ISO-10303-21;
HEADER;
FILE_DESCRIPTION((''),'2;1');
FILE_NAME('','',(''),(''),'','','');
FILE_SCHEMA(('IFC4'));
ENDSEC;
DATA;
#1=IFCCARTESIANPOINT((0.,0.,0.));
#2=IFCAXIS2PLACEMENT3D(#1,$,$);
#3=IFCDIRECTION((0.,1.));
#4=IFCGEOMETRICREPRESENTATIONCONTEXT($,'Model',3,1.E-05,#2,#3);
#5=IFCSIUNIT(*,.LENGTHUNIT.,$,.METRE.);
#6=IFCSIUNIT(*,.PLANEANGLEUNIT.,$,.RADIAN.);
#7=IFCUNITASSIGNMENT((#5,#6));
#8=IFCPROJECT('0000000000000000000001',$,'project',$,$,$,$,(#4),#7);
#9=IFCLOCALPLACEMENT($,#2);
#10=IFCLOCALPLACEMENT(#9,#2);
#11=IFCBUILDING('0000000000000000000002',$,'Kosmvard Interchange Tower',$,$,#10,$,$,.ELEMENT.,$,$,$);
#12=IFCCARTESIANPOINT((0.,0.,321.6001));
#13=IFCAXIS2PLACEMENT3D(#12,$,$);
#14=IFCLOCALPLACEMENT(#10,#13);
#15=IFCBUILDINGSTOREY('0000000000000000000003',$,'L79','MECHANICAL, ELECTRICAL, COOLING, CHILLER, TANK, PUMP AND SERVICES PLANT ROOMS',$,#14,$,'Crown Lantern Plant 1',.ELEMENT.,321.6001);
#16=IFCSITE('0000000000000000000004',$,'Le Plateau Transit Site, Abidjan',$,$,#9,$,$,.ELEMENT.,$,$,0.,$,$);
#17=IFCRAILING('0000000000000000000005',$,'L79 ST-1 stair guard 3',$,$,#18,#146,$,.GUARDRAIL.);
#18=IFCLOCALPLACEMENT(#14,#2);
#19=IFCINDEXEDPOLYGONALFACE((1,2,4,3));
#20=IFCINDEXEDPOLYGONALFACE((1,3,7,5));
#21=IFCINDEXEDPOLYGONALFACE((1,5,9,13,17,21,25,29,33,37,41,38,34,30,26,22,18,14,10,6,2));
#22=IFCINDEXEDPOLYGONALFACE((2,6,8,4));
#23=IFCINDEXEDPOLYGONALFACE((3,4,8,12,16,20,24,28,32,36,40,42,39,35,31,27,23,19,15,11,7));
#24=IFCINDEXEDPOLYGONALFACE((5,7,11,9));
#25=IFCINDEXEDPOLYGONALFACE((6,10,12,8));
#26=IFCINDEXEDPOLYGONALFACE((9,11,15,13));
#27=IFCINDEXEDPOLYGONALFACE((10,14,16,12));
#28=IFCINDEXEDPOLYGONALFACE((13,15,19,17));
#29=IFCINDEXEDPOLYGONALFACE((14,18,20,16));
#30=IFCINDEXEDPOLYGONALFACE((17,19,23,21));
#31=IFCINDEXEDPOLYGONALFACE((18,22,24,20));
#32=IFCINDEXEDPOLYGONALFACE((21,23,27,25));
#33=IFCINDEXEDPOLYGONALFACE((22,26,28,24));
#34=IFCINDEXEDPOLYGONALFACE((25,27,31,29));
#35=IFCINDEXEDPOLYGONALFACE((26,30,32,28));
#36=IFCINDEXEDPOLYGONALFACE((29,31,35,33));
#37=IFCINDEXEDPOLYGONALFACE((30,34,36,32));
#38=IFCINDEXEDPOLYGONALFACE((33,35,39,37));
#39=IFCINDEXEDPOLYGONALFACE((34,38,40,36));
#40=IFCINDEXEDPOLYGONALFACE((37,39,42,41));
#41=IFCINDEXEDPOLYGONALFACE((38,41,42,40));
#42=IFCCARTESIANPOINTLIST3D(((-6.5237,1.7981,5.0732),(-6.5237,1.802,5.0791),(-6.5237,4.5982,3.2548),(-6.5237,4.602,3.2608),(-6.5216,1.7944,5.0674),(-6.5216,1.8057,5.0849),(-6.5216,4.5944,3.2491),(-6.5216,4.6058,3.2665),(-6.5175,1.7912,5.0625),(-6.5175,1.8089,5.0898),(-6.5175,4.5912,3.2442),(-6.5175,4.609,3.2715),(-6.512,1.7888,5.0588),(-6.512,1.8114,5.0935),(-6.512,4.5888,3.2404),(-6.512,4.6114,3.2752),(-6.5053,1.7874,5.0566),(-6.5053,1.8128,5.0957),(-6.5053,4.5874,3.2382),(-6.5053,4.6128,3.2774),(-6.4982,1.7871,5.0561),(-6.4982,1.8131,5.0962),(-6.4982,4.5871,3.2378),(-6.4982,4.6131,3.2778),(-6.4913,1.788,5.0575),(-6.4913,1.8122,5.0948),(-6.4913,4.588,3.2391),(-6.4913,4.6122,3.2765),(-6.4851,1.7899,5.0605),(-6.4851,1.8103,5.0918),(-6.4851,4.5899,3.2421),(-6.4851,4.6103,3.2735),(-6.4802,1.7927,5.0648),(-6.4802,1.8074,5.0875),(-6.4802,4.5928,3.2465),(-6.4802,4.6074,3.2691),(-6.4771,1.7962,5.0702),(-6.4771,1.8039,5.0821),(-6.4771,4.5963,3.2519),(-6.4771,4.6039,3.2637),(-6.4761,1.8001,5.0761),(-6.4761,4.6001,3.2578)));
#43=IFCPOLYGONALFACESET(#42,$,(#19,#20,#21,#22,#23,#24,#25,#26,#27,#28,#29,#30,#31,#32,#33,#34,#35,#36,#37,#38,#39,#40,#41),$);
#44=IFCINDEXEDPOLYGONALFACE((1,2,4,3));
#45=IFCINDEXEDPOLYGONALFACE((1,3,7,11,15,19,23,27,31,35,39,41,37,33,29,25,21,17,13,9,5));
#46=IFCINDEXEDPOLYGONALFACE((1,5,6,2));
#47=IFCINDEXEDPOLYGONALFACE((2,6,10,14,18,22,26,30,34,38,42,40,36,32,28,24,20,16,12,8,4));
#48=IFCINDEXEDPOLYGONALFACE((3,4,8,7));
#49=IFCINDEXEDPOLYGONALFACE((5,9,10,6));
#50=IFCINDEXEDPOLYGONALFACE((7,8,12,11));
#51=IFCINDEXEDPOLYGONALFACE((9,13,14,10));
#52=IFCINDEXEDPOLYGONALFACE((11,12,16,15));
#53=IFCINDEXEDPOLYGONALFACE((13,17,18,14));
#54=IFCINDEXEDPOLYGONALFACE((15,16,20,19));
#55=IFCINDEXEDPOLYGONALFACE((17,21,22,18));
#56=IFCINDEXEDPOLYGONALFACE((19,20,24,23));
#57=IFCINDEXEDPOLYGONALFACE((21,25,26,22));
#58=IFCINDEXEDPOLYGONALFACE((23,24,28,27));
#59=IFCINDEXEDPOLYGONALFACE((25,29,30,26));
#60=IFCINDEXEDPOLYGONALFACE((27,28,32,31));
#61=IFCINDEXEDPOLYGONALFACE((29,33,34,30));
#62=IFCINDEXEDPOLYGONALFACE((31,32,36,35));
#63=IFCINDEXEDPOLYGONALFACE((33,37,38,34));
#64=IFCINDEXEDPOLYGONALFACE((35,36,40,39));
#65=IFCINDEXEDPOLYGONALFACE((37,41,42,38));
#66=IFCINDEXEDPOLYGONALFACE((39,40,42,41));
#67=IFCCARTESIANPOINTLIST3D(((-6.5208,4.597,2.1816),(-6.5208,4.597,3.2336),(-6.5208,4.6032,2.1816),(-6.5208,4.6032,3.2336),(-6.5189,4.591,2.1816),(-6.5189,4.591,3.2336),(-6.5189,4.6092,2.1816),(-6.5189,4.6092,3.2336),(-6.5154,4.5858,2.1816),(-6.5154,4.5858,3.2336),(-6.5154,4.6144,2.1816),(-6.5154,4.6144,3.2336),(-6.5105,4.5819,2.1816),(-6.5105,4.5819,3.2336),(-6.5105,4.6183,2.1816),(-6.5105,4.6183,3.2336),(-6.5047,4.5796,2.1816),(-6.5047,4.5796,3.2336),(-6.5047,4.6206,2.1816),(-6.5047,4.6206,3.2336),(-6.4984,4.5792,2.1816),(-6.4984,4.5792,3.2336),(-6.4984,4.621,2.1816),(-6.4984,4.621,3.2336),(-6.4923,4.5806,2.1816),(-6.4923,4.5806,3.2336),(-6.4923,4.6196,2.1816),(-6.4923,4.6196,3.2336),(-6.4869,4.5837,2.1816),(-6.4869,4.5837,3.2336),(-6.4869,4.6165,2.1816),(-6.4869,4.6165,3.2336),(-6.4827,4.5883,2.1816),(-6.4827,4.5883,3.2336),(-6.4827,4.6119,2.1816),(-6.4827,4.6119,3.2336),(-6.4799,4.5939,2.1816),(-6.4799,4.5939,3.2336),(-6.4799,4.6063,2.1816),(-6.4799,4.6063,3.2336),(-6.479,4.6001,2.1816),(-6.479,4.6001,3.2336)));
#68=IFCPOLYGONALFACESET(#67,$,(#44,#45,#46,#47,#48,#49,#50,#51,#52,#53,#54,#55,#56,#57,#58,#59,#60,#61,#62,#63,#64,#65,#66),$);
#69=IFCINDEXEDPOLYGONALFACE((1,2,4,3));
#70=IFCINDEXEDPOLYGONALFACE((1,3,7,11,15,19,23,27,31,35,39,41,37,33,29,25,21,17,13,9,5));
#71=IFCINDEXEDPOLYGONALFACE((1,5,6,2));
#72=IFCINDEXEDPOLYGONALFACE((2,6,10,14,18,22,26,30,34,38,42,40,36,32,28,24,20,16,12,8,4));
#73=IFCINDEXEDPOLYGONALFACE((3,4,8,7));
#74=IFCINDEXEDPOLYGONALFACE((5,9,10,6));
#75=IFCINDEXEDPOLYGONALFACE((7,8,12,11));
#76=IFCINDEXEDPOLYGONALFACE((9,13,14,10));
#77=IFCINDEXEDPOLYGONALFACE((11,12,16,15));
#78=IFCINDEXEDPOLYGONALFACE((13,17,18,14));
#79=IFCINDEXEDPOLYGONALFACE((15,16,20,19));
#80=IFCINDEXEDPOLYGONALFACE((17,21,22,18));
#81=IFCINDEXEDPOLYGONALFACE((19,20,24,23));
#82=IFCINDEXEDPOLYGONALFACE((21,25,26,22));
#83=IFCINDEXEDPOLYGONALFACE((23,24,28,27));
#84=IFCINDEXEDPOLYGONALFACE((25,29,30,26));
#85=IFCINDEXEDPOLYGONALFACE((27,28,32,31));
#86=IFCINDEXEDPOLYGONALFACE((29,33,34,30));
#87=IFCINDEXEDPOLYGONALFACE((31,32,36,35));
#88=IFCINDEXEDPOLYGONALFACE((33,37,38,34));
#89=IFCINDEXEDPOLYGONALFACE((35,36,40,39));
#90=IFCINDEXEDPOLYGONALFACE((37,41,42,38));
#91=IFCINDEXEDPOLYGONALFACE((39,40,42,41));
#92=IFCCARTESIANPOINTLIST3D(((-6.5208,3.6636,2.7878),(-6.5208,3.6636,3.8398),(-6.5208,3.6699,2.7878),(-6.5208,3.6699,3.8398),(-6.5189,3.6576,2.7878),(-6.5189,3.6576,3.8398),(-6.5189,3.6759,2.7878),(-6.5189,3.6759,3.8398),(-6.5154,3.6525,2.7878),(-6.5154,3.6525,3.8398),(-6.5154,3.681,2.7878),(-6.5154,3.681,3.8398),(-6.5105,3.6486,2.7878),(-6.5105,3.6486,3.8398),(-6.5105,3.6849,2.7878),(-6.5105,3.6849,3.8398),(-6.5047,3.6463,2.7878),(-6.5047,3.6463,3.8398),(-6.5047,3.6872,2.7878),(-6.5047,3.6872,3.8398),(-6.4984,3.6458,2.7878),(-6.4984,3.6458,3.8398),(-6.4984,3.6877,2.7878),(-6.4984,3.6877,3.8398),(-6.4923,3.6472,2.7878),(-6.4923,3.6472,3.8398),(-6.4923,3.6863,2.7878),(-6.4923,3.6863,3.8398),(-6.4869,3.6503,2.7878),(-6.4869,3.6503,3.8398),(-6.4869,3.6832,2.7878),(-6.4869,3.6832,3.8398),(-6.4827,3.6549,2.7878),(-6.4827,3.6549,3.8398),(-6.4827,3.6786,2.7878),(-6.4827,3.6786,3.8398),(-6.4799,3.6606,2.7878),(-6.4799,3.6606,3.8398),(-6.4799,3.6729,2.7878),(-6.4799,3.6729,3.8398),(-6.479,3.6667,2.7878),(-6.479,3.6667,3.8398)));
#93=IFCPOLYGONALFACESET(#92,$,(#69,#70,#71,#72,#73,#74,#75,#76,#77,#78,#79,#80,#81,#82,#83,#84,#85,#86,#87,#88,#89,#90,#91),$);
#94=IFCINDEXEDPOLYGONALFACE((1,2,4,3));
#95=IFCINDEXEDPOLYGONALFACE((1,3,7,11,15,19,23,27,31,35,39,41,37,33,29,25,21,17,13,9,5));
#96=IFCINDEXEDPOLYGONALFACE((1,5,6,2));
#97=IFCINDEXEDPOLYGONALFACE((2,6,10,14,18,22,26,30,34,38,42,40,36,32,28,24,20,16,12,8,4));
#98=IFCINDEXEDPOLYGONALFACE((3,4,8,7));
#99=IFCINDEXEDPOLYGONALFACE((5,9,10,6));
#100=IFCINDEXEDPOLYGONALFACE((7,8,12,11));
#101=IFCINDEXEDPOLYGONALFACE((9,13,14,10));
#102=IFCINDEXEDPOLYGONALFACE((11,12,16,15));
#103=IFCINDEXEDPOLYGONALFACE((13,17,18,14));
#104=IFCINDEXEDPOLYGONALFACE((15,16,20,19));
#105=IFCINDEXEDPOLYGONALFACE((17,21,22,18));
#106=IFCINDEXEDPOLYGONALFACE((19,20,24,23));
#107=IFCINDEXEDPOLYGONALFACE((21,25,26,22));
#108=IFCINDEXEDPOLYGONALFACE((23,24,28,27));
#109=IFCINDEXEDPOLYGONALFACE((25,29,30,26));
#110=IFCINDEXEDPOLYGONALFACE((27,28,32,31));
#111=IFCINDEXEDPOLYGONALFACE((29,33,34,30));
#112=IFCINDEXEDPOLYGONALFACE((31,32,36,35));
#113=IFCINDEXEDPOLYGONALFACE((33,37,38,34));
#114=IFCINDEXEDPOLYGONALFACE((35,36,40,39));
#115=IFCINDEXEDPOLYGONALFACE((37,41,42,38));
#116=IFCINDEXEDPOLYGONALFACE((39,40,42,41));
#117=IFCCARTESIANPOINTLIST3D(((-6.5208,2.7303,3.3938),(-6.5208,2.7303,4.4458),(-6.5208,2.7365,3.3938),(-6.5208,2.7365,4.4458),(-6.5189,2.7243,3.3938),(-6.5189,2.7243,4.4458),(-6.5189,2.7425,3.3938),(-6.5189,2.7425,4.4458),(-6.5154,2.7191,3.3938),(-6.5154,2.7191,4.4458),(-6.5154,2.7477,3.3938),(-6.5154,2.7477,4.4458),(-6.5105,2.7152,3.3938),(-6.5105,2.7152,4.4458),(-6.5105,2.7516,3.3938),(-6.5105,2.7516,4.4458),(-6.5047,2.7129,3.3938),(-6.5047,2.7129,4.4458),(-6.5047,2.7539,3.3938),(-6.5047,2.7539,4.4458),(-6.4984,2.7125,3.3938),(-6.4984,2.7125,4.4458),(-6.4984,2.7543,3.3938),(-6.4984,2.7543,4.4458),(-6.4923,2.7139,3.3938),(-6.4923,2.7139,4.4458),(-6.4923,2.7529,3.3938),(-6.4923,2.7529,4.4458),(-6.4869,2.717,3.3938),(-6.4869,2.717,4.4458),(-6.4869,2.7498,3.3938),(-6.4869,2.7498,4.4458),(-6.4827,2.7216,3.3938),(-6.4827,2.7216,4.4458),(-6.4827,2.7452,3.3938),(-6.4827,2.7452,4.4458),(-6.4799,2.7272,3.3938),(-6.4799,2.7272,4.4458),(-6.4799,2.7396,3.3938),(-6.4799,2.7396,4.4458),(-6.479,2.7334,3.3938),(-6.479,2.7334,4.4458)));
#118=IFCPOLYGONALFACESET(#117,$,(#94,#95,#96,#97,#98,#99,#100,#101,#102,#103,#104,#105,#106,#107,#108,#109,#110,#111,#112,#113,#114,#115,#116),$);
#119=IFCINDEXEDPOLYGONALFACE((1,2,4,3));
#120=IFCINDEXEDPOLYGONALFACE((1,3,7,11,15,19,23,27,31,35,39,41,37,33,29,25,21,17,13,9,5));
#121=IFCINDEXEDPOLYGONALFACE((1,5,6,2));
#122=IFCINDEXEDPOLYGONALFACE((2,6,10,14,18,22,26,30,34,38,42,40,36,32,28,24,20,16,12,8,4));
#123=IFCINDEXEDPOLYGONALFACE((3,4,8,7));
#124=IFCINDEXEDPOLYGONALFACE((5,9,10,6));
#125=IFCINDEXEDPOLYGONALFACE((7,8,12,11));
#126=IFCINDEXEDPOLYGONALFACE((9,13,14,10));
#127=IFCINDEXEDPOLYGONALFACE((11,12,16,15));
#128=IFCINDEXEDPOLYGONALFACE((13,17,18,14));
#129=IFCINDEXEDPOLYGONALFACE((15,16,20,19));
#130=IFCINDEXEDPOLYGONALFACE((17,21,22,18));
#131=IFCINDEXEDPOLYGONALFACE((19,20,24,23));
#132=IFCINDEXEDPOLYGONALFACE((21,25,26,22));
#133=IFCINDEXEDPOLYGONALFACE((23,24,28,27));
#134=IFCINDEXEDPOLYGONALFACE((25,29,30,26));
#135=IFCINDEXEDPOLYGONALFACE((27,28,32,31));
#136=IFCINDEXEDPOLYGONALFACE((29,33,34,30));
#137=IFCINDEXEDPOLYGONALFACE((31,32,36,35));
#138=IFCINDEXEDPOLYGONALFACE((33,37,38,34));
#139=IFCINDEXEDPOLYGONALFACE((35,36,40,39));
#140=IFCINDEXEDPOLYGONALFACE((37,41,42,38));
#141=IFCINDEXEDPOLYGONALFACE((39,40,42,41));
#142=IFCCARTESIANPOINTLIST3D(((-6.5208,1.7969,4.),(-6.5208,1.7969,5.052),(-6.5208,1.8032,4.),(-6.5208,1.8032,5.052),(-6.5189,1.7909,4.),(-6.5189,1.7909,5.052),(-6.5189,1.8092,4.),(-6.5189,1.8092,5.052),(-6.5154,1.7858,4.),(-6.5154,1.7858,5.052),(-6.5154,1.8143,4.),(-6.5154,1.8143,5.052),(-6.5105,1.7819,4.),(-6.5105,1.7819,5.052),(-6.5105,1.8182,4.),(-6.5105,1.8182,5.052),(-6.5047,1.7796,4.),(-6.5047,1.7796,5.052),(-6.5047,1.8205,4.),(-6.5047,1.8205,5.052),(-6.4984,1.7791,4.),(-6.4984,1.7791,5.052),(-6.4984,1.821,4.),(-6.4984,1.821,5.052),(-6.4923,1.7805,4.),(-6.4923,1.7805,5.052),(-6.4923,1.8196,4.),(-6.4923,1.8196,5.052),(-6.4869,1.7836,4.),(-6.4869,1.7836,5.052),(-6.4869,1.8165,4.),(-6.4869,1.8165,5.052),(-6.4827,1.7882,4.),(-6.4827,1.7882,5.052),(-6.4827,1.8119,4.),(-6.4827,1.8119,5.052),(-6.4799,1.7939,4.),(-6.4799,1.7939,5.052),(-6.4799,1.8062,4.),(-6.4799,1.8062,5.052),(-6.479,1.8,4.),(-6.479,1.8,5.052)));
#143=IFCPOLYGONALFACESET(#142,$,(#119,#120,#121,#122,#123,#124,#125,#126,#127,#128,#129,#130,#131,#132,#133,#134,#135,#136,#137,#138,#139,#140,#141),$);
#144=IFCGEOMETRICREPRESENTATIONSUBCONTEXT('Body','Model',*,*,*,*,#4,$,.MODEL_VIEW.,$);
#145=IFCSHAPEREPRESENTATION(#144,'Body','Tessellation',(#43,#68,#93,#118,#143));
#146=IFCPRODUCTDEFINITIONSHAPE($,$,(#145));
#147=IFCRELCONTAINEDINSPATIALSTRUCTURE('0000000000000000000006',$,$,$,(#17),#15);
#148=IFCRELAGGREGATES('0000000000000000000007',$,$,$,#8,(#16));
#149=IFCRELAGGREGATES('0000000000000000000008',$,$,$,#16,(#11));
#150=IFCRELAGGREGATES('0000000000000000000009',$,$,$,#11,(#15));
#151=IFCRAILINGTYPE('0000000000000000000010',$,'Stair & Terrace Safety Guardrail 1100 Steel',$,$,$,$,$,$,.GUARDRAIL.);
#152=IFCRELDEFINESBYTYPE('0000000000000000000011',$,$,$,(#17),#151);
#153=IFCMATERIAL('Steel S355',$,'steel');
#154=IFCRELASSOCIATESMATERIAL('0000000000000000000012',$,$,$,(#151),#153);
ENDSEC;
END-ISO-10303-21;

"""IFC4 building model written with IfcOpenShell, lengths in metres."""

from ifc_helpers import new_model, si_unit, direction, frame, origin, origin_2d, place, context, subcontext, project, spatial, circle, extrude, source, transform, mapped, material, type_object, element, save


model = new_model("IFC4")

# Units and contexts
model_context = context("Model", 3, precision=1e-05, world=origin(), true_north=direction((0.0, 1.0)))
body_context = subcontext(model_context, "Body", "Model", "MODEL_VIEW")
ifc_project = project(units=[si_unit("LENGTHUNIT", "METRE"), si_unit("PLANEANGLEUNIT", "RADIAN")], contexts=[model_context])

# Site, building, storey
site_placement = place(None, origin())
site = spatial("IfcSite", under=ifc_project, at=site_placement, Name="Le Plateau Transit Site, Abidjan", CompositionType="ELEMENT", RefElevation=0.0)
building_placement = place(site_placement, origin())
building = spatial("IfcBuilding", under=site, at=building_placement, Name="Kosmvard Interchange Tower", CompositionType="ELEMENT")
storey_placement = place(building_placement, frame((0.0, 0.0, 321.6001)))
storey = spatial("IfcBuildingStorey", under=building, at=storey_placement, Name="L79", Description="MECHANICAL, ELECTRICAL, COOLING, CHILLER, TANK, PUMP AND SERVICES PLANT ROOMS", LongName="Crown Lantern Plant 1", CompositionType="ELEMENT", Elevation=321.6001)

# Shared definitions
ifc_material_1 = material(Name="Steel S355", Category="steel")

# Railing
railing_type_1 = type_object("IfcRailingType", Name="Stair & Terrace Safety Guardrail 1100 Steel", PredefinedType="GUARDRAIL", material=ifc_material_1)
shared_shape_1 = source(origin(), body_context, "Body", "SweptSolid", [
    extrude(circle(Radius=0.0239, at=origin_2d()), frame((0.0, 0.0, 1.0762), z_axis=(0.0, -0.838672, 0.544636), x_axis=(1.0, 0.0, 0.0)), (0.0, 0.0, 1.0), 3.3386),
    extrude(circle(Radius=0.021, at=origin_2d()), origin(), (0.0, 0.0, 1.0), 1.052),
    extrude(circle(Radius=0.021, at=origin_2d()), frame((0.0, -0.9333, 0.6062)), (0.0, 0.0, 1.0), 1.052),
    extrude(circle(Radius=0.021, at=origin_2d()), frame((0.0, -1.8667, 1.2122)), (0.0, 0.0, 1.0), 1.052),
    extrude(circle(Radius=0.021, at=origin_2d()), frame((0.0, -2.8, 1.8184)), (0.0, 0.0, 1.0), 1.052),
])
railing_1_placement = place(storey_placement, frame((-6.5, 4.6001, 2.1816)))
element("IfcRailing", 1, at=railing_1_placement, inside=storey, type_object=railing_type_1, Name="L79 ST-1 stair guard 3", PredefinedType="GUARDRAIL", context=body_context, shape_type="MappedRepresentation", body=[
    mapped(shared_shape_1, transform((0.0, 0.0, 0.0), scale=1.0)),
])

save(model, "model.ifc")
